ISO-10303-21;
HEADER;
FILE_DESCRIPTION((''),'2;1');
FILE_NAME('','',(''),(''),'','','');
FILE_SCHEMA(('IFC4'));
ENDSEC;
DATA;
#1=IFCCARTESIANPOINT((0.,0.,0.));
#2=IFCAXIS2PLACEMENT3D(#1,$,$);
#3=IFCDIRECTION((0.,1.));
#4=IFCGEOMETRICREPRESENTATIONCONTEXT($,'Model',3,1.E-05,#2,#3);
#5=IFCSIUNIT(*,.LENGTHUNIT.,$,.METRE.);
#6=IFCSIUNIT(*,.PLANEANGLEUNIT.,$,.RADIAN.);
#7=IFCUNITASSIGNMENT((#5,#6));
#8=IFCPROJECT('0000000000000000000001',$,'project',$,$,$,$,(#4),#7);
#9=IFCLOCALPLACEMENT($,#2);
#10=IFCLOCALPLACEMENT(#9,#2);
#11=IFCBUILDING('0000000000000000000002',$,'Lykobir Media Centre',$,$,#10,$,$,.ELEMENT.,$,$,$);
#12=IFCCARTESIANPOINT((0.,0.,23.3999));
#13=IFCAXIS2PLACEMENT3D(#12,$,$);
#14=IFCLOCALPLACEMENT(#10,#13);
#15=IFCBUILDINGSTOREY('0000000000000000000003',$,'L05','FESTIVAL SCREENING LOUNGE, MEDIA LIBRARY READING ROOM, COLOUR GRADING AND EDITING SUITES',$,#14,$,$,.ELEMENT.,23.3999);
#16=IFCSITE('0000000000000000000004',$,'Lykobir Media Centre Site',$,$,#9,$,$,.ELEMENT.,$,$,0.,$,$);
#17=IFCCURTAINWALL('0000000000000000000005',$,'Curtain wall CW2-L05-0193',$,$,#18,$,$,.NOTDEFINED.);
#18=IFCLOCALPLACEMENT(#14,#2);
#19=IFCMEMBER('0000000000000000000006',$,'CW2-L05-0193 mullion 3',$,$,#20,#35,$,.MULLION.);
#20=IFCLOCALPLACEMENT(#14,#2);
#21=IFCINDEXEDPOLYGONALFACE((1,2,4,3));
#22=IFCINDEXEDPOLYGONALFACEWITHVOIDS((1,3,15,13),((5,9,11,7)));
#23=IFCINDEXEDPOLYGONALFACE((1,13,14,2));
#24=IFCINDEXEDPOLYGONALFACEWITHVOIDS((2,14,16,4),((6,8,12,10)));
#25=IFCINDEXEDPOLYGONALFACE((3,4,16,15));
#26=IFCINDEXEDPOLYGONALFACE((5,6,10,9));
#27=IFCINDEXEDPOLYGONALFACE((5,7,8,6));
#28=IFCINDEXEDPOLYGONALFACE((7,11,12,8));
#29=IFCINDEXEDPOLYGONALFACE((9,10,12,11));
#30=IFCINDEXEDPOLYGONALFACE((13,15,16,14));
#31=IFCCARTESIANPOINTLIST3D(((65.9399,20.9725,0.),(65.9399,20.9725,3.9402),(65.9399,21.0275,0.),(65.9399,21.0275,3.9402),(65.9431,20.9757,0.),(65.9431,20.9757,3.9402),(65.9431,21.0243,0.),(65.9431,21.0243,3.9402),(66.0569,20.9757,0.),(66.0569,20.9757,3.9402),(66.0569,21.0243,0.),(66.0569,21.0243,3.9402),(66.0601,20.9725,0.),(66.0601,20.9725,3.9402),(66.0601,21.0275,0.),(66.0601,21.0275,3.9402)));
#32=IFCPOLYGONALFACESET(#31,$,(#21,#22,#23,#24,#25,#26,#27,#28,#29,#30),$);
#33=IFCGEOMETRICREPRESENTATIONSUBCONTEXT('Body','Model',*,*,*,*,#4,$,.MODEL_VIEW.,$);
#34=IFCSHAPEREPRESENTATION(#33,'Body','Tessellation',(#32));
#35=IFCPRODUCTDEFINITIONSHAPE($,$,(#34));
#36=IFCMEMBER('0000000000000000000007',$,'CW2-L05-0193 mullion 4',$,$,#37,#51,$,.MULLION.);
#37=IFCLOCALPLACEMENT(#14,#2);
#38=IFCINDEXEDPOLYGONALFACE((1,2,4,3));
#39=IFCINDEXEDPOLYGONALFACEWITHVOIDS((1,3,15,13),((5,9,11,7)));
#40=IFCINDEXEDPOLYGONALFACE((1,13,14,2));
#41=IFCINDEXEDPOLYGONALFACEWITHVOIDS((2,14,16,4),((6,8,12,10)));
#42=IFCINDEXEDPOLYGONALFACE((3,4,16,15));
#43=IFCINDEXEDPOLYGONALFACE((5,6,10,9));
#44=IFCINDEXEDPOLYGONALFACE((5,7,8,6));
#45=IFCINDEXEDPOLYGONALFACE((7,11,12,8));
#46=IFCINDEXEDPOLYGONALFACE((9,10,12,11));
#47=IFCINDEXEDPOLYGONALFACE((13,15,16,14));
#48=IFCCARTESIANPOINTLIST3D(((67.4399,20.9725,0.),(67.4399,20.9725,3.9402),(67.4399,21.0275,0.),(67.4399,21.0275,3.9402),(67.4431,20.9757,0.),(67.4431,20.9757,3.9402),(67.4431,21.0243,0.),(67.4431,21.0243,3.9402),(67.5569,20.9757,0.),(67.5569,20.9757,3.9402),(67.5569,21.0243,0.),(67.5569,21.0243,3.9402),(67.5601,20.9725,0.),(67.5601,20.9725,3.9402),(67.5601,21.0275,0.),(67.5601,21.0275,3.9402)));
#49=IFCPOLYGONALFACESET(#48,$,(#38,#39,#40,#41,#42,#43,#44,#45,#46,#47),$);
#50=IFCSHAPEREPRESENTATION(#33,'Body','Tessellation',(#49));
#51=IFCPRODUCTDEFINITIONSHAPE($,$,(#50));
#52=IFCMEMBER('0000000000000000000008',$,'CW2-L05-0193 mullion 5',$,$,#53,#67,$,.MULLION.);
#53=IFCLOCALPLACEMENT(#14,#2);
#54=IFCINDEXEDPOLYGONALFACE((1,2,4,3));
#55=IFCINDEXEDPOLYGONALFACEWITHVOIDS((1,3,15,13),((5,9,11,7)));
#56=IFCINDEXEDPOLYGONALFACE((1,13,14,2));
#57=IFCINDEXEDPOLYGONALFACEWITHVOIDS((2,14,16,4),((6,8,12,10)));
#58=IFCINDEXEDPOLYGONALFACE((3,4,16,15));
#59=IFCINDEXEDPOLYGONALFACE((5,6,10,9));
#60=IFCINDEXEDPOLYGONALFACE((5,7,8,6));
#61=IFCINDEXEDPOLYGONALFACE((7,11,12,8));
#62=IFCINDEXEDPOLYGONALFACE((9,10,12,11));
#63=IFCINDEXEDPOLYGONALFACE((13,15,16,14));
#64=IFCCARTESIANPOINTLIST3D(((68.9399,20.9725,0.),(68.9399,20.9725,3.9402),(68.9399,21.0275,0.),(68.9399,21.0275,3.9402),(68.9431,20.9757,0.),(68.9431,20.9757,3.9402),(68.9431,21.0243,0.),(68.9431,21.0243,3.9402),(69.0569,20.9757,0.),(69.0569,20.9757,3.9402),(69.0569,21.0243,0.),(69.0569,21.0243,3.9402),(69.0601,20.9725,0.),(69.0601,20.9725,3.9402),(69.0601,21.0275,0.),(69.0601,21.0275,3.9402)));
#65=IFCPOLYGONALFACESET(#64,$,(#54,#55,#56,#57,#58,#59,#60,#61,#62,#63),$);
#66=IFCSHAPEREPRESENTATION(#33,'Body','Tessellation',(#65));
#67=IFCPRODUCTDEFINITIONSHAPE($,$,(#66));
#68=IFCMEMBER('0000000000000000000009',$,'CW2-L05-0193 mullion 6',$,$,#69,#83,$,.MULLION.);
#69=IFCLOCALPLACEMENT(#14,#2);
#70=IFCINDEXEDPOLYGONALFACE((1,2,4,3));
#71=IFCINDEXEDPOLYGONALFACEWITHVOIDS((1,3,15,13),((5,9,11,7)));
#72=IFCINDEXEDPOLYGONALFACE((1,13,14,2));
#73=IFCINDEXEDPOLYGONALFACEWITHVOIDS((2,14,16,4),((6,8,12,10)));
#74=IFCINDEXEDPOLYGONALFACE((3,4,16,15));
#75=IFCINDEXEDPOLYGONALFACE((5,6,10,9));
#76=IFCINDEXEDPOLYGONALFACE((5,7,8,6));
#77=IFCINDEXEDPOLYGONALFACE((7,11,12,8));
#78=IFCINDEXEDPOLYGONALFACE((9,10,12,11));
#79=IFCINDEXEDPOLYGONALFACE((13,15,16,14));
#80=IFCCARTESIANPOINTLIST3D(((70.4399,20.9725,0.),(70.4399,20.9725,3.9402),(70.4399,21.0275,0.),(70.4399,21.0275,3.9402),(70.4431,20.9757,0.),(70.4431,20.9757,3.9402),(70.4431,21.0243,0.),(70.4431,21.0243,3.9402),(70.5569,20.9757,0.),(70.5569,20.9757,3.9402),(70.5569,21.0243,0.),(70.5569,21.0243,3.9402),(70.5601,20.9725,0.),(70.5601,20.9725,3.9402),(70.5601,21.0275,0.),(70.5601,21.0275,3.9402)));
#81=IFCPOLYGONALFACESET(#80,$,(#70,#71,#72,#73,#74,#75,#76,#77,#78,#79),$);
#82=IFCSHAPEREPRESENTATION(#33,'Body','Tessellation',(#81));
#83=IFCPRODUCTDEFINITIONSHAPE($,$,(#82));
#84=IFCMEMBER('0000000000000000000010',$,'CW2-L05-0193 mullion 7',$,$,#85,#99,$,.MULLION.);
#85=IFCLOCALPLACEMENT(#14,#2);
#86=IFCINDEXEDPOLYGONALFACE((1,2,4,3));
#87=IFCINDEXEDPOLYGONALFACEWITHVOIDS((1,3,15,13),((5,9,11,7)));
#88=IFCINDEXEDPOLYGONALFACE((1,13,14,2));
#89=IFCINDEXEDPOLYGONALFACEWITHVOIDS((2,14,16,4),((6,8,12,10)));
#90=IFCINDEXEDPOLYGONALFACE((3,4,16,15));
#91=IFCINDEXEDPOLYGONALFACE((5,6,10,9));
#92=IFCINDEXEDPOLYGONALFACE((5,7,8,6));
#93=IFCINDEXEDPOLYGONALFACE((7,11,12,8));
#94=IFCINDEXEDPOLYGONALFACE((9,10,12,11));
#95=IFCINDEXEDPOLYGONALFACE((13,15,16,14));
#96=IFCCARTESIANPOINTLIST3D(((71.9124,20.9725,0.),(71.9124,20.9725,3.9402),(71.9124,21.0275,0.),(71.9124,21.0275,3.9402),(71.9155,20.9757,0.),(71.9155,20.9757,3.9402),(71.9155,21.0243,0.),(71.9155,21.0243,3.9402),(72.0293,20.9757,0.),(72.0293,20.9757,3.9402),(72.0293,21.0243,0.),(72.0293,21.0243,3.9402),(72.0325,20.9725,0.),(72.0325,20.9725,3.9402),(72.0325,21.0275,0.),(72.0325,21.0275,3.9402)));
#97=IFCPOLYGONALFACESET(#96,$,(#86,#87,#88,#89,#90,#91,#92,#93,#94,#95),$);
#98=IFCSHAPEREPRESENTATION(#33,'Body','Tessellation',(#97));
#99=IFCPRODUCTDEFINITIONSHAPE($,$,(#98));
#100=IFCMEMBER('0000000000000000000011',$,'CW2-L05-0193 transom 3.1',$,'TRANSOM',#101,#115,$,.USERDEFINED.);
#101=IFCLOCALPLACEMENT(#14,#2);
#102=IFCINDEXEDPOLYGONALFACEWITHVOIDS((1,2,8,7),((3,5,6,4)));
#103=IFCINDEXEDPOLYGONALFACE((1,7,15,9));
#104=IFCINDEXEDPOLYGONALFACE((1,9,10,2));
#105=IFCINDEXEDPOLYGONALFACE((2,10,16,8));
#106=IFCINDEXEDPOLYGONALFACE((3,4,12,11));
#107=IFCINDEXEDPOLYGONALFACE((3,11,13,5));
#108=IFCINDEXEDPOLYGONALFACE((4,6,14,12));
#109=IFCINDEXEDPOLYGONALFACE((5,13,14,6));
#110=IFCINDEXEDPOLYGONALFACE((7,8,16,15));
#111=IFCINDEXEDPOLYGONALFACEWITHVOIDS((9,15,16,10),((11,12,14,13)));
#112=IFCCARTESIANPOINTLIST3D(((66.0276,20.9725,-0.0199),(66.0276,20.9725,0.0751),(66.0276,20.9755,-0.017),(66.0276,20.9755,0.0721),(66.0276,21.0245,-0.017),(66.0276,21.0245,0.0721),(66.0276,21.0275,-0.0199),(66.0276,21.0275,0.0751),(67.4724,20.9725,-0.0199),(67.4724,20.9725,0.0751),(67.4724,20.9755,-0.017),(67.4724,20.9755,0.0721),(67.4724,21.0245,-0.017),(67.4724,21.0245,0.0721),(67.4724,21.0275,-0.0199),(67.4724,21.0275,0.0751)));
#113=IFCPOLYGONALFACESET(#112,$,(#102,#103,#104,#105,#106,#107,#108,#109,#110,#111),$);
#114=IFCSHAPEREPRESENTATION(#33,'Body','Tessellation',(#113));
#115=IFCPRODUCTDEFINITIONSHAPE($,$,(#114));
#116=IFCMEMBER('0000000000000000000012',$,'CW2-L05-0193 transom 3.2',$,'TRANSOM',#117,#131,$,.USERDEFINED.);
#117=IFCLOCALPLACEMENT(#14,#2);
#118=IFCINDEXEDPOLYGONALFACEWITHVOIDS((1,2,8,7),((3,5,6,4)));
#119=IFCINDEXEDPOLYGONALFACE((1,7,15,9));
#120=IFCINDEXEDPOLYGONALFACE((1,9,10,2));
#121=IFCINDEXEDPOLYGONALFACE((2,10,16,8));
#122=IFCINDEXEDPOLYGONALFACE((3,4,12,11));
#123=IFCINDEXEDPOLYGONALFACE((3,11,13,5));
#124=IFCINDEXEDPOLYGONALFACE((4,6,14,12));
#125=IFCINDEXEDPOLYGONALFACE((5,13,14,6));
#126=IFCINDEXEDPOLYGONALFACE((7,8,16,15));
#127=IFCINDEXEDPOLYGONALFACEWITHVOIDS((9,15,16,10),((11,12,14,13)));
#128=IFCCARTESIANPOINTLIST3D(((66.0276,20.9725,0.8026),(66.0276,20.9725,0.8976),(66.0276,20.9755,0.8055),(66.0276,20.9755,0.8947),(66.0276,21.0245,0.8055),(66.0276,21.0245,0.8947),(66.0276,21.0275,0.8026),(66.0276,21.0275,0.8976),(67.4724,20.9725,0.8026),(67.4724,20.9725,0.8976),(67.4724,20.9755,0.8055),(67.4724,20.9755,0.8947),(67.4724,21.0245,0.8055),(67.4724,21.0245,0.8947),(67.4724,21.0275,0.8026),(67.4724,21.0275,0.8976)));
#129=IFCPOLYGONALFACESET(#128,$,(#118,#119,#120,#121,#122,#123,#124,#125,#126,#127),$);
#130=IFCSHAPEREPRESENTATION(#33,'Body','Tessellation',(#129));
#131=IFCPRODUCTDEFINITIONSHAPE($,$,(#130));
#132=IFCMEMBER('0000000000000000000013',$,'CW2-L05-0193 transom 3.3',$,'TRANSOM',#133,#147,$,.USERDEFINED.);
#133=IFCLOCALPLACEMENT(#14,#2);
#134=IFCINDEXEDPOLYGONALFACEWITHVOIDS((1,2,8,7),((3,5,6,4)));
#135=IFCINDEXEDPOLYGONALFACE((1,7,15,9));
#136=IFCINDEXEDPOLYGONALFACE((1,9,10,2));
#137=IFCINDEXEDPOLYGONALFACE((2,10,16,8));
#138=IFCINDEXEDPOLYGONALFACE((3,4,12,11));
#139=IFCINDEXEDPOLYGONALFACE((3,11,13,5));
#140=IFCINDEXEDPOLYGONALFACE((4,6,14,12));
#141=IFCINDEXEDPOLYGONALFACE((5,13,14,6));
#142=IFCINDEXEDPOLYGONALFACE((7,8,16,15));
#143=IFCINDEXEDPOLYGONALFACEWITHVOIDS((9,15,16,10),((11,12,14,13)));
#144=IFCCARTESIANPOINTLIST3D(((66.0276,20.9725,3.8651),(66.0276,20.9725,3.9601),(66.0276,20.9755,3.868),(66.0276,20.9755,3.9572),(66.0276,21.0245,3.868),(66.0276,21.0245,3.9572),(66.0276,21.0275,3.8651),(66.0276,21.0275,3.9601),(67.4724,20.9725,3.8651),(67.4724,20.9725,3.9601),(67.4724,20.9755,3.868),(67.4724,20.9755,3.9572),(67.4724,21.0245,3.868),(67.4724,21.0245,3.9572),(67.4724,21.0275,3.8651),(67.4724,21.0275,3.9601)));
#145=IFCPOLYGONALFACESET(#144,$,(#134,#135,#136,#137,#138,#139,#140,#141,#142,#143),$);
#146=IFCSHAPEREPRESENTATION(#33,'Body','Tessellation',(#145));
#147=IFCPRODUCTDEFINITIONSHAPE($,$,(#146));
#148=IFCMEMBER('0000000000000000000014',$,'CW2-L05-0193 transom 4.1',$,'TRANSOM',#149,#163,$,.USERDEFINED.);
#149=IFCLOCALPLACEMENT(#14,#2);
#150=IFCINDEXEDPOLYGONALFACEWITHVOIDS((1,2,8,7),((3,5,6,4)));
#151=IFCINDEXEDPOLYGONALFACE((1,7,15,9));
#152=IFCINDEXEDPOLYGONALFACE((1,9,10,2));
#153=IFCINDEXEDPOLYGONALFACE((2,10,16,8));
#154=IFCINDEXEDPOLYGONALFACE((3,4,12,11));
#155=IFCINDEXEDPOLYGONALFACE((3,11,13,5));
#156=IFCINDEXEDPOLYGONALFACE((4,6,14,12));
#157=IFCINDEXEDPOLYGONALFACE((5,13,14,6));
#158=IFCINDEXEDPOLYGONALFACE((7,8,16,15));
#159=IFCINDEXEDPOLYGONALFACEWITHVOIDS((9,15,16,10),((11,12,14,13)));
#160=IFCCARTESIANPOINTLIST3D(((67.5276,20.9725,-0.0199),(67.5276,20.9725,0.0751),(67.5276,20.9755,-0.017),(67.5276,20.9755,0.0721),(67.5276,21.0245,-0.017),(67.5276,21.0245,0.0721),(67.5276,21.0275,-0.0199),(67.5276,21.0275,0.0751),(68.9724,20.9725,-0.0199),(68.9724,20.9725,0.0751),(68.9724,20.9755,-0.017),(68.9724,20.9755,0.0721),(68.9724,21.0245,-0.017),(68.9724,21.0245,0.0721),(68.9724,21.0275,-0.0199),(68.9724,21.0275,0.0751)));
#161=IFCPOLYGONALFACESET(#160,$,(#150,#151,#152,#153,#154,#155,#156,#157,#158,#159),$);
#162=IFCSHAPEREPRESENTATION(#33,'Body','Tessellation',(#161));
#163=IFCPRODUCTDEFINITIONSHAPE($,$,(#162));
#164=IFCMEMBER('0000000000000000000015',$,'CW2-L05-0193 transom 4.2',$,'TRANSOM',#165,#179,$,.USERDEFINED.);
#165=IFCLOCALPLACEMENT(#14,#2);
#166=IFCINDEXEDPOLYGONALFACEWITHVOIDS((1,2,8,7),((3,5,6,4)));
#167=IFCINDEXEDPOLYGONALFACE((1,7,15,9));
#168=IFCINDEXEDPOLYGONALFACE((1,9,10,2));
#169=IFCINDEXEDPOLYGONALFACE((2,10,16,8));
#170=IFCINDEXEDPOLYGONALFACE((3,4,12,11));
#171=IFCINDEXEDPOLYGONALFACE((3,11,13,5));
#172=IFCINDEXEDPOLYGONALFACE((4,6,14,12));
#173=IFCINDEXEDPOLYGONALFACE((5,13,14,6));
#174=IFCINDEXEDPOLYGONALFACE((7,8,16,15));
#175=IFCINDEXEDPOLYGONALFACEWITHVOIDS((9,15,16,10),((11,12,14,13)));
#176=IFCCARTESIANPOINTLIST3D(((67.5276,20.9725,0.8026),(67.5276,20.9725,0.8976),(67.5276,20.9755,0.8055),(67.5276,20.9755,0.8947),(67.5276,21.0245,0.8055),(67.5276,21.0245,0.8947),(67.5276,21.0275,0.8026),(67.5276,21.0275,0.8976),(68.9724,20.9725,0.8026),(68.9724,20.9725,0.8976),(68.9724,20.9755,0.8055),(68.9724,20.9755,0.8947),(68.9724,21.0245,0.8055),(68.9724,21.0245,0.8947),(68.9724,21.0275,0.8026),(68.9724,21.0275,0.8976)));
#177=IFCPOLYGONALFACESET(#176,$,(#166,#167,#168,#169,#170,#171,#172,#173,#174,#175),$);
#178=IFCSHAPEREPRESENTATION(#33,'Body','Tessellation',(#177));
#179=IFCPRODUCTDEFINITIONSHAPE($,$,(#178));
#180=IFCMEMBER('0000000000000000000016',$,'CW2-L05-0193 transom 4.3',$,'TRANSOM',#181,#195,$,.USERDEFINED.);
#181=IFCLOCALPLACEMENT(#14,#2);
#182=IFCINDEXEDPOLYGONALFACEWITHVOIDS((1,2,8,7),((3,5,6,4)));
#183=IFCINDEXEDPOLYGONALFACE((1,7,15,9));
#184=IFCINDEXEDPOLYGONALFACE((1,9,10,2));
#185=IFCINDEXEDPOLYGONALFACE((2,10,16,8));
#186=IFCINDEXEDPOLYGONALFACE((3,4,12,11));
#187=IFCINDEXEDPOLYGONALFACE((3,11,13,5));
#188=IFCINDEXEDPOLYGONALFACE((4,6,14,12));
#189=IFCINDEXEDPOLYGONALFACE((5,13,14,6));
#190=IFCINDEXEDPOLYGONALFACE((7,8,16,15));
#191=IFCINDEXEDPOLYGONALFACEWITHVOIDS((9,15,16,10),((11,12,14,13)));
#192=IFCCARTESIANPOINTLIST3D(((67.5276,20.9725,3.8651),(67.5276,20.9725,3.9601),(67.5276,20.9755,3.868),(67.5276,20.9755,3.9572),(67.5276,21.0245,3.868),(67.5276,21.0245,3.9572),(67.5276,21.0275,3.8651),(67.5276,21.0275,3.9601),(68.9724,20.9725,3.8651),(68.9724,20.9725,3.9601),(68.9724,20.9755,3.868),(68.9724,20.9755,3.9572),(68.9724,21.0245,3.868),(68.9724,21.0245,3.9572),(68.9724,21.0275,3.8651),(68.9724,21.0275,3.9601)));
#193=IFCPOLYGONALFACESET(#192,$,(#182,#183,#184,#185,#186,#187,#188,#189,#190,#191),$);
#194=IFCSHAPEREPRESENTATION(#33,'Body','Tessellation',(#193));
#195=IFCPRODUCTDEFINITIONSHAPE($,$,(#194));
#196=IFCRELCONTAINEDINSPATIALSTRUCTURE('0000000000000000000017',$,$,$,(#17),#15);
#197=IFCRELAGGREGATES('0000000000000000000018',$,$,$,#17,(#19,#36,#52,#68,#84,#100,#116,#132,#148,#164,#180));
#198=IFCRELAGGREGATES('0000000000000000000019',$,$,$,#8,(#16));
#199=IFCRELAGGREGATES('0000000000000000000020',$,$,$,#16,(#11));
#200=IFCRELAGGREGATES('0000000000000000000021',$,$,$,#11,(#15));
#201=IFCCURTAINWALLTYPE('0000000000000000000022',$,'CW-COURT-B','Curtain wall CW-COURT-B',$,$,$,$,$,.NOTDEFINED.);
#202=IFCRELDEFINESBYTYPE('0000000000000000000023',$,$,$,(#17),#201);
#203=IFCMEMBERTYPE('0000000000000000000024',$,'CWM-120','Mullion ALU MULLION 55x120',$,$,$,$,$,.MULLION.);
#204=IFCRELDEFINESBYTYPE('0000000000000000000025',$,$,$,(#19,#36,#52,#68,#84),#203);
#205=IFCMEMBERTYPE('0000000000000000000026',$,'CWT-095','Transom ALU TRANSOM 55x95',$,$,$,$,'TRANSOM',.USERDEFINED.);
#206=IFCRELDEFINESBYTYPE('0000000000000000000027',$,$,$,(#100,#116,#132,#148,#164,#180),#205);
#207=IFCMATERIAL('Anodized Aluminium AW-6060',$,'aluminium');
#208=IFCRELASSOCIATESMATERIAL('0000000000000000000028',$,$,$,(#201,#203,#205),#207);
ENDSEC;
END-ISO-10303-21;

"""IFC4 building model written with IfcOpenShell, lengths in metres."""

from ifc_helpers import new_model, si_unit, direction, frame, origin, origin_2d, place, context, subcontext, project, spatial, hollow_rectangle, extrude, material, material_profile, profile_set, type_object, element, aggregate, save


model = new_model("IFC4")

# Units and contexts
model_context = context("Model", 3, precision=1e-05, world=origin(), true_north=direction((0.0, 1.0)))
body_context = subcontext(model_context, "Body", "Model", "MODEL_VIEW")
ifc_project = project(units=[si_unit("LENGTHUNIT", "METRE"), si_unit("PLANEANGLEUNIT", "RADIAN")], contexts=[model_context])

# Site, building, storey
site_placement = place(None, origin())
site = spatial("IfcSite", under=ifc_project, at=site_placement, Name="Lykobir Media Centre Site", CompositionType="ELEMENT", RefElevation=0.0)
building_placement = place(site_placement, origin())
building = spatial("IfcBuilding", under=site, at=building_placement, Name="Lykobir Media Centre", CompositionType="ELEMENT")
storey_placement = place(building_placement, frame((0.0, 0.0, 23.3999)))
storey = spatial("IfcBuildingStorey", under=building, at=storey_placement, Name="L05", Description="FESTIVAL SCREENING LOUNGE, MEDIA LIBRARY READING ROOM, COLOUR GRADING AND EDITING SUITES", CompositionType="ELEMENT", Elevation=23.3999)

# Curtain wall, members
ifc_material_1 = material(Name="Anodized Aluminium AW-6060", Category="aluminium")
curtain_wall_type = type_object("IfcCurtainWallType", Name="CW-COURT-B", Description="Curtain wall CW-COURT-B", PredefinedType="NOTDEFINED", material=ifc_material_1)
curtain_wall_placement = place(storey_placement, origin())
curtain_wall = element("IfcCurtainWall", 1, at=curtain_wall_placement, inside=storey, type_object=curtain_wall_type, Name="Curtain wall CW2-L05-0193", PredefinedType="NOTDEFINED")
ifc_material_profile_1 = material_profile(ifc_material_1, hollow_rectangle(XDim=0.0549, YDim=0.1201, WallThickness=0.0032, at=origin_2d()), Name="ALU MULLION 55x120")
ifc_profile_set_1 = profile_set([ifc_material_profile_1], Name="Anodized Aluminium AW-6060")
member_type_1 = type_object("IfcMemberType", Name="CWM-120", Description="Mullion ALU MULLION 55x120", PredefinedType="MULLION", material=ifc_profile_set_1)
member_1_placement = place(storey_placement, frame((66.0, 21.0, 0.0), z_axis=(0.0, 0.0, 1.0), x_axis=(0.0, 1.0, 0.0)))
member_1 = element("IfcMember", 2, at=member_1_placement, type_object=member_type_1, Name="CW2-L05-0193 mullion 3", PredefinedType="MULLION", context=body_context, shape_type="SweptSolid", body=[
    extrude(hollow_rectangle(XDim=0.0549, YDim=0.1201, WallThickness=0.0032, at=origin_2d()), origin(), (0.0, 0.0, 1.0), 3.9402),
])
member_2_placement = place(storey_placement, frame((67.5, 21.0, 0.0), z_axis=(0.0, 0.0, 1.0), x_axis=(0.0, 1.0, 0.0)))
member_2 = element("IfcMember", 3, at=member_2_placement, type_object=member_type_1, Name="CW2-L05-0193 mullion 4", PredefinedType="MULLION", context=body_context, shape_type="SweptSolid", body=[
    extrude(hollow_rectangle(XDim=0.0549, YDim=0.1201, WallThickness=0.0032, at=origin_2d()), origin(), (0.0, 0.0, 1.0), 3.9402),
])
member_3_placement = place(storey_placement, frame((69.0, 21.0, 0.0), z_axis=(0.0, 0.0, 1.0), x_axis=(0.0, 1.0, 0.0)))
member_3 = element("IfcMember", 4, at=member_3_placement, type_object=member_type_1, Name="CW2-L05-0193 mullion 5", PredefinedType="MULLION", context=body_context, shape_type="SweptSolid", body=[
    extrude(hollow_rectangle(XDim=0.0549, YDim=0.1201, WallThickness=0.0032, at=origin_2d()), origin(), (0.0, 0.0, 1.0), 3.9402),
])
member_4_placement = place(storey_placement, frame((70.5, 21.0, 0.0), z_axis=(0.0, 0.0, 1.0), x_axis=(0.0, 1.0, 0.0)))
member_4 = element("IfcMember", 5, at=member_4_placement, type_object=member_type_1, Name="CW2-L05-0193 mullion 6", PredefinedType="MULLION", context=body_context, shape_type="SweptSolid", body=[
    extrude(hollow_rectangle(XDim=0.0549, YDim=0.1201, WallThickness=0.0032, at=origin_2d()), origin(), (0.0, 0.0, 1.0), 3.9402),
])
member_5_placement = place(storey_placement, frame((71.9724, 21.0, 0.0), z_axis=(0.0, 0.0, 1.0), x_axis=(0.0, 1.0, 0.0)))
member_5 = element("IfcMember", 6, at=member_5_placement, type_object=member_type_1, Name="CW2-L05-0193 mullion 7", PredefinedType="MULLION", context=body_context, shape_type="SweptSolid", body=[
    extrude(hollow_rectangle(XDim=0.0549, YDim=0.1201, WallThickness=0.0032, at=origin_2d()), origin(), (0.0, 0.0, 1.0), 3.9402),
])
ifc_material_profile_2 = material_profile(ifc_material_1, hollow_rectangle(XDim=0.0549, YDim=0.095, WallThickness=0.0029, at=origin_2d()), Name="ALU TRANSOM 55x95")
ifc_profile_set_2 = profile_set([ifc_material_profile_2], Name="Anodized Aluminium AW-6060")
member_type_2 = type_object("IfcMemberType", Name="CWT-095", Description="Transom ALU TRANSOM 55x95", ElementType="TRANSOM", PredefinedType="USERDEFINED", material=ifc_profile_set_2)
member_6_placement = place(storey_placement, frame((66.0276, 21.0, 0.0276), z_axis=(1.0, 0.0, 0.0), x_axis=(0.0, 1.0, 0.0)))
member_6 = element("IfcMember", 7, at=member_6_placement, type_object=member_type_2, Name="CW2-L05-0193 transom 3.1", ObjectType="TRANSOM", PredefinedType="USERDEFINED", context=body_context, shape_type="SweptSolid", body=[
    extrude(hollow_rectangle(XDim=0.0549, YDim=0.095, WallThickness=0.0029, at=origin_2d()), origin(), (0.0, 0.0, 1.0), 1.4448),
])
member_7_placement = place(storey_placement, frame((66.0276, 21.0, 0.8501), z_axis=(1.0, 0.0, 0.0), x_axis=(0.0, 1.0, 0.0)))
member_7 = element("IfcMember", 8, at=member_7_placement, type_object=member_type_2, Name="CW2-L05-0193 transom 3.2", ObjectType="TRANSOM", PredefinedType="USERDEFINED", context=body_context, shape_type="SweptSolid", body=[
    extrude(hollow_rectangle(XDim=0.0549, YDim=0.095, WallThickness=0.0029, at=origin_2d()), origin(), (0.0, 0.0, 1.0), 1.4448),
])
member_8_placement = place(storey_placement, frame((66.0276, 21.0, 3.9126), z_axis=(1.0, 0.0, 0.0), x_axis=(0.0, 1.0, 0.0)))
member_8 = element("IfcMember", 9, at=member_8_placement, type_object=member_type_2, Name="CW2-L05-0193 transom 3.3", ObjectType="TRANSOM", PredefinedType="USERDEFINED", context=body_context, shape_type="SweptSolid", body=[
    extrude(hollow_rectangle(XDim=0.0549, YDim=0.095, WallThickness=0.0029, at=origin_2d()), origin(), (0.0, 0.0, 1.0), 1.4448),
])
member_9_placement = place(storey_placement, frame((67.5276, 21.0, 0.0276), z_axis=(1.0, 0.0, 0.0), x_axis=(0.0, 1.0, 0.0)))
member_9 = element("IfcMember", 10, at=member_9_placement, type_object=member_type_2, Name="CW2-L05-0193 transom 4.1", ObjectType="TRANSOM", PredefinedType="USERDEFINED", context=body_context, shape_type="SweptSolid", body=[
    extrude(hollow_rectangle(XDim=0.0549, YDim=0.095, WallThickness=0.0029, at=origin_2d()), origin(), (0.0, 0.0, 1.0), 1.4448),
])
member_10_placement = place(storey_placement, frame((67.5276, 21.0, 0.8501), z_axis=(1.0, 0.0, 0.0), x_axis=(0.0, 1.0, 0.0)))
member_10 = element("IfcMember", 11, at=member_10_placement, type_object=member_type_2, Name="CW2-L05-0193 transom 4.2", ObjectType="TRANSOM", PredefinedType="USERDEFINED", context=body_context, shape_type="SweptSolid", body=[
    extrude(hollow_rectangle(XDim=0.0549, YDim=0.095, WallThickness=0.0029, at=origin_2d()), origin(), (0.0, 0.0, 1.0), 1.4448),
])
member_11_placement = place(storey_placement, frame((67.5276, 21.0, 3.9126), z_axis=(1.0, 0.0, 0.0), x_axis=(0.0, 1.0, 0.0)))
member_11 = element("IfcMember", 12, at=member_11_placement, type_object=member_type_2, Name="CW2-L05-0193 transom 4.3", ObjectType="TRANSOM", PredefinedType="USERDEFINED", context=body_context, shape_type="SweptSolid", body=[
    extrude(hollow_rectangle(XDim=0.0549, YDim=0.095, WallThickness=0.0029, at=origin_2d()), origin(), (0.0, 0.0, 1.0), 1.4448),
])
aggregate(curtain_wall, [member_1, member_2, member_3, member_4, member_5, member_6, member_7, member_8, member_9, member_10, member_11])

save(model, "model.ifc")
